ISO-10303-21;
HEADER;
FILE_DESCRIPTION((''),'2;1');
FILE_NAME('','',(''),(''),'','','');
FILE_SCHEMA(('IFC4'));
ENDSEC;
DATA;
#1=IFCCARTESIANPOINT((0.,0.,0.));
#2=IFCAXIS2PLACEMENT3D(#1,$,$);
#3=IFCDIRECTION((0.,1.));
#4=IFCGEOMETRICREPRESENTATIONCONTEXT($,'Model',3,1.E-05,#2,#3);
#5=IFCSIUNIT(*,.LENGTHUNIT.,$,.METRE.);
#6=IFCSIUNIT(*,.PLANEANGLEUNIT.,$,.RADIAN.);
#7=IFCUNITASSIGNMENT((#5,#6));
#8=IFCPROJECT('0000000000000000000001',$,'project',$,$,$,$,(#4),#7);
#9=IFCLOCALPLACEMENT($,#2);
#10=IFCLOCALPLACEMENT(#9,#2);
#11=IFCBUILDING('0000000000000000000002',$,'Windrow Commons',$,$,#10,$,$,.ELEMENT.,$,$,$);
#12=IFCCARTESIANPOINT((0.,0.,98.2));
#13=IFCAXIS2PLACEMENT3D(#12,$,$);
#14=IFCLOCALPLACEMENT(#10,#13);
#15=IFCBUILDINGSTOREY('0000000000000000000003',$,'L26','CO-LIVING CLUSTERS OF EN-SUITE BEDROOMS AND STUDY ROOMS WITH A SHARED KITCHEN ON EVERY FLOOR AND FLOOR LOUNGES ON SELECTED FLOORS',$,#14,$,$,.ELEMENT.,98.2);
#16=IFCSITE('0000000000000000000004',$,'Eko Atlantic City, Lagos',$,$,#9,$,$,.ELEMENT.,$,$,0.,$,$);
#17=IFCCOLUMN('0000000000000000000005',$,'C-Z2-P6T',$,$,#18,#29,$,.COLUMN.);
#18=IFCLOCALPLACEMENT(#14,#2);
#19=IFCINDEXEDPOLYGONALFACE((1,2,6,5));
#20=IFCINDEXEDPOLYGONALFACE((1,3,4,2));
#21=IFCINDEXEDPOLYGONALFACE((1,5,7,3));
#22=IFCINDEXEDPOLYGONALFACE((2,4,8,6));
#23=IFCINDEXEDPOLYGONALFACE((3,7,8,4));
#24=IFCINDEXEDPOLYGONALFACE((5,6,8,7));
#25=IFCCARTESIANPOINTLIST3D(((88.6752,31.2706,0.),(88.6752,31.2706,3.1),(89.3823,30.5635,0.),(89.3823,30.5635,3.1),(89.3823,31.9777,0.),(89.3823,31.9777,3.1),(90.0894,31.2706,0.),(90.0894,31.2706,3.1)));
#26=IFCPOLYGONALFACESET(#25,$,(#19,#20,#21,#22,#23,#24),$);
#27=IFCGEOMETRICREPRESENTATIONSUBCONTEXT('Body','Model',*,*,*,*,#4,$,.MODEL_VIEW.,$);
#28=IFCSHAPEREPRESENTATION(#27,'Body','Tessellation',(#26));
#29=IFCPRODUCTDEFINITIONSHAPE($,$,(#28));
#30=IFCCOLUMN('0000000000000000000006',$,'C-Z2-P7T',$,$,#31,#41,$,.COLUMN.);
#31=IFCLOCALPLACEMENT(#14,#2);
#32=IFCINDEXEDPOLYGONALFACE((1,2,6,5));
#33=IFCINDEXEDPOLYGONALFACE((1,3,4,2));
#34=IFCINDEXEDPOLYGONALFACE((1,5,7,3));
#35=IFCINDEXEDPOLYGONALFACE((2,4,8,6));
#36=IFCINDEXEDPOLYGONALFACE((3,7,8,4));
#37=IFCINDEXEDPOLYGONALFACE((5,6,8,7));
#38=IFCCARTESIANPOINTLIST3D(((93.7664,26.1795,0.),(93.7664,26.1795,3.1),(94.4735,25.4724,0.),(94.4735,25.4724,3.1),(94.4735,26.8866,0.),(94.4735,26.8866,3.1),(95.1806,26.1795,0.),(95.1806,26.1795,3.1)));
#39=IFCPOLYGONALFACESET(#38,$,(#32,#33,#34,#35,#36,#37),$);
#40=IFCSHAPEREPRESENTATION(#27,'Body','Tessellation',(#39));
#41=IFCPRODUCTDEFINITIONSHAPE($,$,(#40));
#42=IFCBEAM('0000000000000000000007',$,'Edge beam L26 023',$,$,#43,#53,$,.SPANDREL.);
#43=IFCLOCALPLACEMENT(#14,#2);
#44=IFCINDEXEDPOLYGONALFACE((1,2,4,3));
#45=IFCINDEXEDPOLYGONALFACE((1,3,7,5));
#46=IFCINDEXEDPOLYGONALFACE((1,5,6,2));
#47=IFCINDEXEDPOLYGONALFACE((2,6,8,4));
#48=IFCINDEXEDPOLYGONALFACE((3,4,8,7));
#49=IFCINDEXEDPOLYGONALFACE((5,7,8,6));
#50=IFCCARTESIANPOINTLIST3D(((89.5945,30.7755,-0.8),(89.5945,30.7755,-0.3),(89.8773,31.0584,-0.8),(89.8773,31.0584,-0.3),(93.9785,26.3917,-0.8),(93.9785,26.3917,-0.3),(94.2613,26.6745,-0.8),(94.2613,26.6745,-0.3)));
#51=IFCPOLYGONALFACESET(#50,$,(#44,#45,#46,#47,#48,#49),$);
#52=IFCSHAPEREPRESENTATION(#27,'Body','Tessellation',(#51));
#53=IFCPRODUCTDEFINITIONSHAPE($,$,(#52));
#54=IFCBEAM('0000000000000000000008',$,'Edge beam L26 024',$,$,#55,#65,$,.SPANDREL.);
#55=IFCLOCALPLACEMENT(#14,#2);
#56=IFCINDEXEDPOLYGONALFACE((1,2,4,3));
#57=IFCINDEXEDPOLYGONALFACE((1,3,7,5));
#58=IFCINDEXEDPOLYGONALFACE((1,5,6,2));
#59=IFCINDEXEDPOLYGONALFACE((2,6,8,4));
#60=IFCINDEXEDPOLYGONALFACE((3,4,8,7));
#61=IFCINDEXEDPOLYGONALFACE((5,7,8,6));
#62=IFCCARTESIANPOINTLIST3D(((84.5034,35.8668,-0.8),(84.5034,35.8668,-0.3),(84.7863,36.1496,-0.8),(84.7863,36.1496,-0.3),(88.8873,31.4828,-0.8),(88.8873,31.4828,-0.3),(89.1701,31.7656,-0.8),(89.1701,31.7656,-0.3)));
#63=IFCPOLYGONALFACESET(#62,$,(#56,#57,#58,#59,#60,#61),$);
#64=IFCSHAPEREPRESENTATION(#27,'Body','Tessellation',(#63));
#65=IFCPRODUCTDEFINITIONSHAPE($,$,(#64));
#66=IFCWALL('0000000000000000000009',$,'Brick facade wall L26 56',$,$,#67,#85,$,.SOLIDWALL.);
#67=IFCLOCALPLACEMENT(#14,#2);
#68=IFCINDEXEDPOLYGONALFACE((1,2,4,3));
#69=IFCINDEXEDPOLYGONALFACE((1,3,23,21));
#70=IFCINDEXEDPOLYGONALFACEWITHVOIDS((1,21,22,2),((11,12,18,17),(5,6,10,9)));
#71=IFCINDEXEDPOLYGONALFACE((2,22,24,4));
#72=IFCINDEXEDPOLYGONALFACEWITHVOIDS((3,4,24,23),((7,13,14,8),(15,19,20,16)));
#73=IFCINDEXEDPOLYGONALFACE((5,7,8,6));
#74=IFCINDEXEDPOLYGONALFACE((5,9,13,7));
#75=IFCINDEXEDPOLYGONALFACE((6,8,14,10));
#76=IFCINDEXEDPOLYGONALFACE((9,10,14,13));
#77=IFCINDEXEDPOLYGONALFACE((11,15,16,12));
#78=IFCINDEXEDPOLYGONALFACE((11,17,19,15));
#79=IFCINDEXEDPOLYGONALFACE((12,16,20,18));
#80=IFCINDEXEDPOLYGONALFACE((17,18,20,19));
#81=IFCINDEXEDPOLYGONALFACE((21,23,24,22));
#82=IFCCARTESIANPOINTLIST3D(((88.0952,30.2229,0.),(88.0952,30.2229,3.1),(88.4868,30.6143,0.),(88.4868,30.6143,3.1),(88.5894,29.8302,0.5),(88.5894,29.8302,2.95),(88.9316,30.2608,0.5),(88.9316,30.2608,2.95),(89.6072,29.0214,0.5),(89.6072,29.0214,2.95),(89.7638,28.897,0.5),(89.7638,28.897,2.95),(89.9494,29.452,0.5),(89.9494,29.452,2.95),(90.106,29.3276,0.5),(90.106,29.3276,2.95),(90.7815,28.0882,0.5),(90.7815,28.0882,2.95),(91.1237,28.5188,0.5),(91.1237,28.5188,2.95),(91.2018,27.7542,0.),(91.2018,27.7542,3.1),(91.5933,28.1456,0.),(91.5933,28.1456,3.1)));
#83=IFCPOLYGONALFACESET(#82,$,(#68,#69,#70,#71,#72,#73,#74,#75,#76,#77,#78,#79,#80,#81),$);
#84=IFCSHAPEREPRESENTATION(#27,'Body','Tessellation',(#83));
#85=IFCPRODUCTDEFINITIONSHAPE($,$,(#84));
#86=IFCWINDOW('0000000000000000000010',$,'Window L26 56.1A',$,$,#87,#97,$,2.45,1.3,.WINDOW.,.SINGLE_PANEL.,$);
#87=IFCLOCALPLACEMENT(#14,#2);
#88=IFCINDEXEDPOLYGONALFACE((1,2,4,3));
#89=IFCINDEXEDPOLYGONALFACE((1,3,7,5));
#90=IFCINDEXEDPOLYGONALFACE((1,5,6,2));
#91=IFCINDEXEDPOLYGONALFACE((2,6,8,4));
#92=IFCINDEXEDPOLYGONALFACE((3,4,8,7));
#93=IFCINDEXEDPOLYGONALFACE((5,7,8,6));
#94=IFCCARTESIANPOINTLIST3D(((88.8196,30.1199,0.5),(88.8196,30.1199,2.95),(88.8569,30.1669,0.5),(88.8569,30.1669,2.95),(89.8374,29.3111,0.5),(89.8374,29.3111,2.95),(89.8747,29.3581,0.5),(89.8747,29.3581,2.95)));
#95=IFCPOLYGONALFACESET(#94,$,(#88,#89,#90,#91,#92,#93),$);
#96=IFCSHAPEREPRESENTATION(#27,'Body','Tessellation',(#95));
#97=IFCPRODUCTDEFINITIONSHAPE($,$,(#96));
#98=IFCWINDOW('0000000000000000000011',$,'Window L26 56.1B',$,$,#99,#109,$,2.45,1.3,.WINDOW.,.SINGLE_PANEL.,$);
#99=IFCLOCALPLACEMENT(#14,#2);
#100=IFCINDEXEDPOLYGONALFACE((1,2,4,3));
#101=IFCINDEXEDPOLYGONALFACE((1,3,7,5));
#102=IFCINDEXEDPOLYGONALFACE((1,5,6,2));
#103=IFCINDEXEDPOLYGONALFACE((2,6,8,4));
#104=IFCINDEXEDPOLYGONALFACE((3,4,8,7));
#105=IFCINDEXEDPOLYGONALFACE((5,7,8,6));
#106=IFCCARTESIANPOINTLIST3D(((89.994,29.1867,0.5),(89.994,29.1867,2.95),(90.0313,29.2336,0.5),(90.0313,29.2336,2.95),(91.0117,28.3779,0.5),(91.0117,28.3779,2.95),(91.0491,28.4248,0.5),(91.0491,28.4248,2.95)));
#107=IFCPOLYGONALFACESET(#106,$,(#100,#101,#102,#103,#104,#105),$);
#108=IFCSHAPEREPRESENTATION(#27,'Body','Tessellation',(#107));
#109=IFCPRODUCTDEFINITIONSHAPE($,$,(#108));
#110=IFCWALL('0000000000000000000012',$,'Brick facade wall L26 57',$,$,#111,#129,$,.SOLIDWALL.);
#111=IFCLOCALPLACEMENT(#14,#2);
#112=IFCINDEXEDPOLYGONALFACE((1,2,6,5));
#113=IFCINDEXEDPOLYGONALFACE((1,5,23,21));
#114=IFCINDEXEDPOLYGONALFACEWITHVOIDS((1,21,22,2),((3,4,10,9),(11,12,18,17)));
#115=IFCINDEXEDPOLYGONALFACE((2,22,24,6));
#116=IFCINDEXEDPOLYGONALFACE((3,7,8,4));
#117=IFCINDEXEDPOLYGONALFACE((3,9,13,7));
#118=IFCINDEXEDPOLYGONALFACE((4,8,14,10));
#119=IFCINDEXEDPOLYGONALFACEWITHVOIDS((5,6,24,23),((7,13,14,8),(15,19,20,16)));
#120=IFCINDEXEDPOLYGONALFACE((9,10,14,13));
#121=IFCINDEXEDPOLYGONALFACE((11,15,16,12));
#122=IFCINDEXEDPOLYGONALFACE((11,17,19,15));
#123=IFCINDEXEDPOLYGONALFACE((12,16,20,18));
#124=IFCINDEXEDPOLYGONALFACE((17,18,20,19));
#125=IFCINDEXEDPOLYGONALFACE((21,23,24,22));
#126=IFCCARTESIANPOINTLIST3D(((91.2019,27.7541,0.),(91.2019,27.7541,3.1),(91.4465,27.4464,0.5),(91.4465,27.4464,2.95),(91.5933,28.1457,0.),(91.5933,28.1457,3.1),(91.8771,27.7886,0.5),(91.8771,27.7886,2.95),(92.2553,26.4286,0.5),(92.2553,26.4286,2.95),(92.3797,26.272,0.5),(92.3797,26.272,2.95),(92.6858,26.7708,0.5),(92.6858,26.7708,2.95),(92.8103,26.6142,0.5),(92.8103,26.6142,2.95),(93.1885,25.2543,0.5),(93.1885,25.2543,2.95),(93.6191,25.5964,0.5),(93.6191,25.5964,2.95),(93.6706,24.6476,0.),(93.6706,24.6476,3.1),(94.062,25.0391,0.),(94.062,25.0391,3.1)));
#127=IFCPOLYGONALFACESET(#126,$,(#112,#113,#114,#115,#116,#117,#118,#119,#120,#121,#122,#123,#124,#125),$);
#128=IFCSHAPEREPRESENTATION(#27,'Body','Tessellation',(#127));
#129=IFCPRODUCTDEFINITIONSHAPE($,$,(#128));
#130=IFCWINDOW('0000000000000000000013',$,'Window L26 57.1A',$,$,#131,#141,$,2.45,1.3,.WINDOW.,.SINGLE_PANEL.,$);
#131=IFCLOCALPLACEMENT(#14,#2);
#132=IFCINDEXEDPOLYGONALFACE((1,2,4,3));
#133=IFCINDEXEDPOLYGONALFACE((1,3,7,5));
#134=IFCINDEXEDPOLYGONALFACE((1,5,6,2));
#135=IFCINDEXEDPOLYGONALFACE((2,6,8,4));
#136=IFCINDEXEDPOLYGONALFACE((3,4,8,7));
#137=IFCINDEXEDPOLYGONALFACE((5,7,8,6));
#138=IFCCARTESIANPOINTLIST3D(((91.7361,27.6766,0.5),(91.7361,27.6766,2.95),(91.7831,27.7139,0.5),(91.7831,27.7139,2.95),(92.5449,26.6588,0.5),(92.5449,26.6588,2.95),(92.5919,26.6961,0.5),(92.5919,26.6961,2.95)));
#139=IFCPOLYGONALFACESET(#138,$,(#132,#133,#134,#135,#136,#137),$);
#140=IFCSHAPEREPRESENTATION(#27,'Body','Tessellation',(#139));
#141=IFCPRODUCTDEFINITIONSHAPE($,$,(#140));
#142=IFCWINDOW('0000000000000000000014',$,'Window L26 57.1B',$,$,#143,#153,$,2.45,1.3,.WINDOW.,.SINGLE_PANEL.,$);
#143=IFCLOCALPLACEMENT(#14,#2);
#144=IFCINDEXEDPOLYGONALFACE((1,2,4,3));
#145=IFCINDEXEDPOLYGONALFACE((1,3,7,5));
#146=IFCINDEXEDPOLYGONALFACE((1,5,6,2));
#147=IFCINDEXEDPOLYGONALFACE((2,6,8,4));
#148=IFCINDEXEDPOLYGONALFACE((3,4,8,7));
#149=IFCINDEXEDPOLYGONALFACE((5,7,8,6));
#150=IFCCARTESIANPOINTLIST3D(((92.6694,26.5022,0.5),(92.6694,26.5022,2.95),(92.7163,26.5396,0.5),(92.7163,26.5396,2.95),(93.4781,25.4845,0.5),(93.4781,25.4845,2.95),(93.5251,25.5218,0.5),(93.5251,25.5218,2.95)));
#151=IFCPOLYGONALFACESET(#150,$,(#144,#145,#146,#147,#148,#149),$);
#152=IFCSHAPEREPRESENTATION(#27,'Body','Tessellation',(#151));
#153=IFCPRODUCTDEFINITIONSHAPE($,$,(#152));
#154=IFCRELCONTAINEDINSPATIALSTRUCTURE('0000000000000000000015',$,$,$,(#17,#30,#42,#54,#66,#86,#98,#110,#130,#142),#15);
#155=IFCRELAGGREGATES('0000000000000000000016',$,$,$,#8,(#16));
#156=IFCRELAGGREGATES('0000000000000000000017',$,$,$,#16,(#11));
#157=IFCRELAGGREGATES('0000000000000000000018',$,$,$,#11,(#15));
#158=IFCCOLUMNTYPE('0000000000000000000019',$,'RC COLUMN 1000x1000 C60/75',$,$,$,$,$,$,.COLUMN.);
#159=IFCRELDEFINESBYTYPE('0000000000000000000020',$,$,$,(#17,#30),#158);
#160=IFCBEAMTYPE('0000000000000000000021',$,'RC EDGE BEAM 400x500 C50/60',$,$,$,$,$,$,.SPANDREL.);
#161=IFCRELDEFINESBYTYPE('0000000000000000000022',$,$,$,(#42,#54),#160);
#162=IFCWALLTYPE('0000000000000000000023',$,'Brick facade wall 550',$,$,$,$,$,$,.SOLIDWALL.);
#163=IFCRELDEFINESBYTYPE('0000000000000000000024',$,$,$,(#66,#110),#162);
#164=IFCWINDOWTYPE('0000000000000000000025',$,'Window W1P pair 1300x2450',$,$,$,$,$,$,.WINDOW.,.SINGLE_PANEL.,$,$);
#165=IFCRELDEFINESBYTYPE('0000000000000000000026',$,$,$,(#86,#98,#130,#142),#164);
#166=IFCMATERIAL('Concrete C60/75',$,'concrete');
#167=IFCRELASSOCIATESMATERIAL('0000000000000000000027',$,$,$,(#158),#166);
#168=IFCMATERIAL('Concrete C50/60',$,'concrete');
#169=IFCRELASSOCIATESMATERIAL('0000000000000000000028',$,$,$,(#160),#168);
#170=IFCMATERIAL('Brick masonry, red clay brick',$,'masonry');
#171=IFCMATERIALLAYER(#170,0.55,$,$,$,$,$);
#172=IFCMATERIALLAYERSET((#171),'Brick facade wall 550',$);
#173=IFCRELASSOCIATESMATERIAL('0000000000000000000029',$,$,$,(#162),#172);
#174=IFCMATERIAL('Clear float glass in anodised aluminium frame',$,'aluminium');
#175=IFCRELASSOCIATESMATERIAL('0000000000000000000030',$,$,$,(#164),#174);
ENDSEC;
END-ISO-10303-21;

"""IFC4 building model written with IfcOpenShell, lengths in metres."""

from ifc_helpers import new_model, si_unit, direction, frame, frame_2d, origin, origin_2d, place, context, subcontext, project, spatial, polyline, rectangle, outline, extrude, material, layer, layer_set, material_profile, profile_set, type_object, element, fill, save


model = new_model("IFC4")

# Units and contexts
model_context = context("Model", 3, precision=1e-05, world=origin(), true_north=direction((0.0, 1.0)))
body_context = subcontext(model_context, "Body", "Model", "MODEL_VIEW")
ifc_project = project(units=[si_unit("LENGTHUNIT", "METRE"), si_unit("PLANEANGLEUNIT", "RADIAN")], contexts=[model_context])

# Site, building, storey
site_placement = place(None, origin())
site = spatial("IfcSite", under=ifc_project, at=site_placement, Name="Eko Atlantic City, Lagos", CompositionType="ELEMENT", RefElevation=0.0)
building_placement = place(site_placement, origin())
building = spatial("IfcBuilding", under=site, at=building_placement, Name="Windrow Commons", CompositionType="ELEMENT")
storey_placement = place(building_placement, frame((0.0, 0.0, 98.2)))
storey = spatial("IfcBuildingStorey", under=building, at=storey_placement, Name="L26", Description="CO-LIVING CLUSTERS OF EN-SUITE BEDROOMS AND STUDY ROOMS WITH A SHARED KITCHEN ON EVERY FLOOR AND FLOOR LOUNGES ON SELECTED FLOORS", CompositionType="ELEMENT", Elevation=98.2)

# Columns
ifc_material_1 = material(Name="Concrete C60/75", Category="concrete")
ifc_material_profile_1 = material_profile(ifc_material_1, rectangle(XDim=1.0, YDim=1.0, at=origin_2d()))
ifc_profile_set_1 = profile_set([ifc_material_profile_1], Name="Concrete C60/75")
column_type = type_object("IfcColumnType", Name="RC COLUMN 1000x1000 C60/75", PredefinedType="COLUMN", material=ifc_profile_set_1)
for number, where, z_axis, x_axis, name in (
    (1, (89.3823, 31.2706, 0.0), (0.0, 0.0, 1.0), (0.707107, -0.707107, 0.0), "C-Z2-P6T"),
    (2, (94.4735, 26.1795, 0.0), (0.0, 0.0, 1.0), (0.707107, -0.707107, 0.0), "C-Z2-P7T"),
):
    element("IfcColumn", number, at=place(storey_placement, frame(where, z_axis=z_axis, x_axis=x_axis)), inside=storey, type_object=column_type, Name=name, PredefinedType="COLUMN", context=body_context, shape_type="SweptSolid", body=[
        extrude(rectangle(XDim=1.0, YDim=1.0, at=origin_2d()), origin(), (0.0, 0.0, 1.0), 3.1),
    ])

# Beams
ifc_material_2 = material(Name="Concrete C50/60", Category="concrete")
ifc_material_profile_2 = material_profile(ifc_material_2, rectangle(XDim=0.4, YDim=0.5, at=origin_2d()))
ifc_profile_set_2 = profile_set([ifc_material_profile_2], Name="Concrete C50/60")
beam_type = type_object("IfcBeamType", Name="RC EDGE BEAM 400x500 C50/60", PredefinedType="SPANDREL", material=ifc_profile_set_2)
for number, where, z_axis, x_axis, name in (
    (3, (94.1199, 26.5331, -0.55), (-0.707115, 0.707099, 0.0), (-0.707099, -0.707115, 0.0), "Edge beam L26 023"),
    (4, (89.0287, 31.6242, -0.55), (-0.707099, 0.707115, 0.0), (-0.707115, -0.707099, 0.0), "Edge beam L26 024"),
):
    element("IfcBeam", number, at=place(storey_placement, frame(where, z_axis=z_axis, x_axis=x_axis)), inside=storey, type_object=beam_type, Name=name, PredefinedType="SPANDREL", context=body_context, shape_type="SweptSolid", body=[
        extrude(rectangle(XDim=0.4, YDim=0.5, at=origin_2d()), origin(), (0.0, 0.0, 1.0), 6.1998),
    ])

# Walls, openings, windows
ifc_material_3 = material(Name="Brick masonry, red clay brick", Category="masonry")
ifc_layer_1 = layer(ifc_material_3, 0.55)
ifc_layer_set_1 = layer_set([ifc_layer_1], Name="Brick facade wall 550")
wall_type_1 = type_object("IfcWallType", Name="Brick facade wall 550", PredefinedType="SOLIDWALL", material=ifc_layer_set_1)
wall_1_placement = place(storey_placement, frame((88.291, 30.4186, 0.0), z_axis=(0.0, 0.0, 1.0), x_axis=(0.782903, -0.622144, 0.0)))
wall_1 = element("IfcWall", 5, at=wall_1_placement, inside=storey, type_object=wall_type_1, Name="Brick facade wall L26 56", PredefinedType="SOLIDWALL", context=body_context, shape_type="SweptSolid", body=[
    extrude(outline(polyline([(-0.0315, -0.275), (3.9365, -0.275), (3.9995, 0.275), (0.0315, 0.275), (-0.0315, -0.275)])), origin(), (0.0, 0.0, 1.0), 3.1),
])
opening_1_placement = place(wall_1_placement, frame((0.5997, 0.0, 0.5)))
opening_1 = element("IfcOpeningElement", 6, at=opening_1_placement, cuts=wall_1, PredefinedType="OPENING", context=body_context, shape_type="SweptSolid", body=[
    extrude(rectangle(XDim=1.3, YDim=2.45, at=frame_2d((0.65, 1.225))), frame((0.0, 0.285, 0.0), z_axis=(0.0, -1.0, 0.0), x_axis=(1.0, 0.0, 0.0)), (0.0, 0.0, 1.0), 0.57),
])
opening_2_placement = place(wall_1_placement, frame((2.0997, 0.0, 0.5)))
opening_2 = element("IfcOpeningElement", 7, at=opening_2_placement, cuts=wall_1, PredefinedType="OPENING", context=body_context, shape_type="SweptSolid", body=[
    extrude(rectangle(XDim=1.3, YDim=2.45, at=frame_2d((0.65, 1.225))), frame((0.0, 0.285, 0.0), z_axis=(0.0, -1.0, 0.0), x_axis=(1.0, 0.0, 0.0)), (0.0, 0.0, 1.0), 0.57),
])
ifc_material_4 = material(Name="Clear float glass in anodised aluminium frame", Category="aluminium")
window_type_1 = type_object("IfcWindowType", Name="Window W1P pair 1300x2450", PartitioningType="SINGLE_PANEL", PredefinedType="WINDOW", material=ifc_material_4)
window_1_placement = place(opening_1_placement, origin())
window_1 = element("IfcWindow", 8, at=window_1_placement, inside=storey, type_object=window_type_1, Name="Window L26 56.1A", OverallHeight=2.45, OverallWidth=1.3, PartitioningType="SINGLE_PANEL", PredefinedType="WINDOW", context=body_context, shape_type="SweptSolid", body=[
    extrude(rectangle(XDim=1.3, YDim=2.45, at=frame_2d((0.65, 1.225))), frame((0.0, 0.155, 0.0), z_axis=(0.0, -1.0, 0.0), x_axis=(1.0, 0.0, 0.0)), (0.0, 0.0, 1.0), 0.06),
])
fill(opening_1, window_1)
window_2_placement = place(opening_2_placement, origin())
window_2 = element("IfcWindow", 9, at=window_2_placement, inside=storey, type_object=window_type_1, Name="Window L26 56.1B", OverallHeight=2.45, OverallWidth=1.3, PartitioningType="SINGLE_PANEL", PredefinedType="WINDOW", context=body_context, shape_type="SweptSolid", body=[
    extrude(rectangle(XDim=1.3, YDim=2.45, at=frame_2d((0.65, 1.225))), frame((0.0, 0.155, 0.0), z_axis=(0.0, -1.0, 0.0), x_axis=(1.0, 0.0, 0.0)), (0.0, 0.0, 1.0), 0.06),
])
fill(opening_2, window_2)
wall_2_placement = place(storey_placement, frame((91.3976, 27.9499, 0.0), z_axis=(0.0, 0.0, 1.0), x_axis=(0.622144, -0.782903, 0.0)))
wall_2 = element("IfcWall", 10, at=wall_2_placement, inside=storey, type_object=wall_type_1, Name="Brick facade wall L26 57", PredefinedType="SOLIDWALL", context=body_context, shape_type="SweptSolid", body=[
    extrude(outline(polyline([(0.0315, -0.275), (3.9995, -0.275), (3.9365, 0.275), (-0.0315, 0.275), (0.0315, -0.275)])), origin(), (0.0, 0.0, 1.0), 3.1),
])
opening_3_placement = place(wall_2_placement, frame((0.4246, 0.0, 0.5)))
opening_3 = element("IfcOpeningElement", 11, at=opening_3_placement, cuts=wall_2, PredefinedType="OPENING", context=body_context, shape_type="SweptSolid", body=[
    extrude(rectangle(XDim=1.3, YDim=2.45, at=frame_2d((0.65, 1.225))), frame((0.0, 0.285, 0.0), z_axis=(0.0, -1.0, 0.0), x_axis=(1.0, 0.0, 0.0)), (0.0, 0.0, 1.0), 0.57),
])
opening_4_placement = place(wall_2_placement, frame((1.9246, 0.0, 0.5)))
opening_4 = element("IfcOpeningElement", 12, at=opening_4_placement, cuts=wall_2, PredefinedType="OPENING", context=body_context, shape_type="SweptSolid", body=[
    extrude(rectangle(XDim=1.3, YDim=2.45, at=frame_2d((0.65, 1.225))), frame((0.0, 0.285, 0.0), z_axis=(0.0, -1.0, 0.0), x_axis=(1.0, 0.0, 0.0)), (0.0, 0.0, 1.0), 0.57),
])
window_3_placement = place(opening_3_placement, origin())
window_3 = element("IfcWindow", 13, at=window_3_placement, inside=storey, type_object=window_type_1, Name="Window L26 57.1A", OverallHeight=2.45, OverallWidth=1.3, PartitioningType="SINGLE_PANEL", PredefinedType="WINDOW", context=body_context, shape_type="SweptSolid", body=[
    extrude(rectangle(XDim=1.3, YDim=2.45, at=frame_2d((0.65, 1.225))), frame((0.0, 0.155, 0.0), z_axis=(0.0, -1.0, 0.0), x_axis=(1.0, 0.0, 0.0)), (0.0, 0.0, 1.0), 0.06),
])
fill(opening_3, window_3)
window_4_placement = place(opening_4_placement, origin())
window_4 = element("IfcWindow", 14, at=window_4_placement, inside=storey, type_object=window_type_1, Name="Window L26 57.1B", OverallHeight=2.45, OverallWidth=1.3, PartitioningType="SINGLE_PANEL", PredefinedType="WINDOW", context=body_context, shape_type="SweptSolid", body=[
    extrude(rectangle(XDim=1.3, YDim=2.45, at=frame_2d((0.65, 1.225))), frame((0.0, 0.155, 0.0), z_axis=(0.0, -1.0, 0.0), x_axis=(1.0, 0.0, 0.0)), (0.0, 0.0, 1.0), 0.06),
])
fill(opening_4, window_4)

save(model, "model.ifc")
